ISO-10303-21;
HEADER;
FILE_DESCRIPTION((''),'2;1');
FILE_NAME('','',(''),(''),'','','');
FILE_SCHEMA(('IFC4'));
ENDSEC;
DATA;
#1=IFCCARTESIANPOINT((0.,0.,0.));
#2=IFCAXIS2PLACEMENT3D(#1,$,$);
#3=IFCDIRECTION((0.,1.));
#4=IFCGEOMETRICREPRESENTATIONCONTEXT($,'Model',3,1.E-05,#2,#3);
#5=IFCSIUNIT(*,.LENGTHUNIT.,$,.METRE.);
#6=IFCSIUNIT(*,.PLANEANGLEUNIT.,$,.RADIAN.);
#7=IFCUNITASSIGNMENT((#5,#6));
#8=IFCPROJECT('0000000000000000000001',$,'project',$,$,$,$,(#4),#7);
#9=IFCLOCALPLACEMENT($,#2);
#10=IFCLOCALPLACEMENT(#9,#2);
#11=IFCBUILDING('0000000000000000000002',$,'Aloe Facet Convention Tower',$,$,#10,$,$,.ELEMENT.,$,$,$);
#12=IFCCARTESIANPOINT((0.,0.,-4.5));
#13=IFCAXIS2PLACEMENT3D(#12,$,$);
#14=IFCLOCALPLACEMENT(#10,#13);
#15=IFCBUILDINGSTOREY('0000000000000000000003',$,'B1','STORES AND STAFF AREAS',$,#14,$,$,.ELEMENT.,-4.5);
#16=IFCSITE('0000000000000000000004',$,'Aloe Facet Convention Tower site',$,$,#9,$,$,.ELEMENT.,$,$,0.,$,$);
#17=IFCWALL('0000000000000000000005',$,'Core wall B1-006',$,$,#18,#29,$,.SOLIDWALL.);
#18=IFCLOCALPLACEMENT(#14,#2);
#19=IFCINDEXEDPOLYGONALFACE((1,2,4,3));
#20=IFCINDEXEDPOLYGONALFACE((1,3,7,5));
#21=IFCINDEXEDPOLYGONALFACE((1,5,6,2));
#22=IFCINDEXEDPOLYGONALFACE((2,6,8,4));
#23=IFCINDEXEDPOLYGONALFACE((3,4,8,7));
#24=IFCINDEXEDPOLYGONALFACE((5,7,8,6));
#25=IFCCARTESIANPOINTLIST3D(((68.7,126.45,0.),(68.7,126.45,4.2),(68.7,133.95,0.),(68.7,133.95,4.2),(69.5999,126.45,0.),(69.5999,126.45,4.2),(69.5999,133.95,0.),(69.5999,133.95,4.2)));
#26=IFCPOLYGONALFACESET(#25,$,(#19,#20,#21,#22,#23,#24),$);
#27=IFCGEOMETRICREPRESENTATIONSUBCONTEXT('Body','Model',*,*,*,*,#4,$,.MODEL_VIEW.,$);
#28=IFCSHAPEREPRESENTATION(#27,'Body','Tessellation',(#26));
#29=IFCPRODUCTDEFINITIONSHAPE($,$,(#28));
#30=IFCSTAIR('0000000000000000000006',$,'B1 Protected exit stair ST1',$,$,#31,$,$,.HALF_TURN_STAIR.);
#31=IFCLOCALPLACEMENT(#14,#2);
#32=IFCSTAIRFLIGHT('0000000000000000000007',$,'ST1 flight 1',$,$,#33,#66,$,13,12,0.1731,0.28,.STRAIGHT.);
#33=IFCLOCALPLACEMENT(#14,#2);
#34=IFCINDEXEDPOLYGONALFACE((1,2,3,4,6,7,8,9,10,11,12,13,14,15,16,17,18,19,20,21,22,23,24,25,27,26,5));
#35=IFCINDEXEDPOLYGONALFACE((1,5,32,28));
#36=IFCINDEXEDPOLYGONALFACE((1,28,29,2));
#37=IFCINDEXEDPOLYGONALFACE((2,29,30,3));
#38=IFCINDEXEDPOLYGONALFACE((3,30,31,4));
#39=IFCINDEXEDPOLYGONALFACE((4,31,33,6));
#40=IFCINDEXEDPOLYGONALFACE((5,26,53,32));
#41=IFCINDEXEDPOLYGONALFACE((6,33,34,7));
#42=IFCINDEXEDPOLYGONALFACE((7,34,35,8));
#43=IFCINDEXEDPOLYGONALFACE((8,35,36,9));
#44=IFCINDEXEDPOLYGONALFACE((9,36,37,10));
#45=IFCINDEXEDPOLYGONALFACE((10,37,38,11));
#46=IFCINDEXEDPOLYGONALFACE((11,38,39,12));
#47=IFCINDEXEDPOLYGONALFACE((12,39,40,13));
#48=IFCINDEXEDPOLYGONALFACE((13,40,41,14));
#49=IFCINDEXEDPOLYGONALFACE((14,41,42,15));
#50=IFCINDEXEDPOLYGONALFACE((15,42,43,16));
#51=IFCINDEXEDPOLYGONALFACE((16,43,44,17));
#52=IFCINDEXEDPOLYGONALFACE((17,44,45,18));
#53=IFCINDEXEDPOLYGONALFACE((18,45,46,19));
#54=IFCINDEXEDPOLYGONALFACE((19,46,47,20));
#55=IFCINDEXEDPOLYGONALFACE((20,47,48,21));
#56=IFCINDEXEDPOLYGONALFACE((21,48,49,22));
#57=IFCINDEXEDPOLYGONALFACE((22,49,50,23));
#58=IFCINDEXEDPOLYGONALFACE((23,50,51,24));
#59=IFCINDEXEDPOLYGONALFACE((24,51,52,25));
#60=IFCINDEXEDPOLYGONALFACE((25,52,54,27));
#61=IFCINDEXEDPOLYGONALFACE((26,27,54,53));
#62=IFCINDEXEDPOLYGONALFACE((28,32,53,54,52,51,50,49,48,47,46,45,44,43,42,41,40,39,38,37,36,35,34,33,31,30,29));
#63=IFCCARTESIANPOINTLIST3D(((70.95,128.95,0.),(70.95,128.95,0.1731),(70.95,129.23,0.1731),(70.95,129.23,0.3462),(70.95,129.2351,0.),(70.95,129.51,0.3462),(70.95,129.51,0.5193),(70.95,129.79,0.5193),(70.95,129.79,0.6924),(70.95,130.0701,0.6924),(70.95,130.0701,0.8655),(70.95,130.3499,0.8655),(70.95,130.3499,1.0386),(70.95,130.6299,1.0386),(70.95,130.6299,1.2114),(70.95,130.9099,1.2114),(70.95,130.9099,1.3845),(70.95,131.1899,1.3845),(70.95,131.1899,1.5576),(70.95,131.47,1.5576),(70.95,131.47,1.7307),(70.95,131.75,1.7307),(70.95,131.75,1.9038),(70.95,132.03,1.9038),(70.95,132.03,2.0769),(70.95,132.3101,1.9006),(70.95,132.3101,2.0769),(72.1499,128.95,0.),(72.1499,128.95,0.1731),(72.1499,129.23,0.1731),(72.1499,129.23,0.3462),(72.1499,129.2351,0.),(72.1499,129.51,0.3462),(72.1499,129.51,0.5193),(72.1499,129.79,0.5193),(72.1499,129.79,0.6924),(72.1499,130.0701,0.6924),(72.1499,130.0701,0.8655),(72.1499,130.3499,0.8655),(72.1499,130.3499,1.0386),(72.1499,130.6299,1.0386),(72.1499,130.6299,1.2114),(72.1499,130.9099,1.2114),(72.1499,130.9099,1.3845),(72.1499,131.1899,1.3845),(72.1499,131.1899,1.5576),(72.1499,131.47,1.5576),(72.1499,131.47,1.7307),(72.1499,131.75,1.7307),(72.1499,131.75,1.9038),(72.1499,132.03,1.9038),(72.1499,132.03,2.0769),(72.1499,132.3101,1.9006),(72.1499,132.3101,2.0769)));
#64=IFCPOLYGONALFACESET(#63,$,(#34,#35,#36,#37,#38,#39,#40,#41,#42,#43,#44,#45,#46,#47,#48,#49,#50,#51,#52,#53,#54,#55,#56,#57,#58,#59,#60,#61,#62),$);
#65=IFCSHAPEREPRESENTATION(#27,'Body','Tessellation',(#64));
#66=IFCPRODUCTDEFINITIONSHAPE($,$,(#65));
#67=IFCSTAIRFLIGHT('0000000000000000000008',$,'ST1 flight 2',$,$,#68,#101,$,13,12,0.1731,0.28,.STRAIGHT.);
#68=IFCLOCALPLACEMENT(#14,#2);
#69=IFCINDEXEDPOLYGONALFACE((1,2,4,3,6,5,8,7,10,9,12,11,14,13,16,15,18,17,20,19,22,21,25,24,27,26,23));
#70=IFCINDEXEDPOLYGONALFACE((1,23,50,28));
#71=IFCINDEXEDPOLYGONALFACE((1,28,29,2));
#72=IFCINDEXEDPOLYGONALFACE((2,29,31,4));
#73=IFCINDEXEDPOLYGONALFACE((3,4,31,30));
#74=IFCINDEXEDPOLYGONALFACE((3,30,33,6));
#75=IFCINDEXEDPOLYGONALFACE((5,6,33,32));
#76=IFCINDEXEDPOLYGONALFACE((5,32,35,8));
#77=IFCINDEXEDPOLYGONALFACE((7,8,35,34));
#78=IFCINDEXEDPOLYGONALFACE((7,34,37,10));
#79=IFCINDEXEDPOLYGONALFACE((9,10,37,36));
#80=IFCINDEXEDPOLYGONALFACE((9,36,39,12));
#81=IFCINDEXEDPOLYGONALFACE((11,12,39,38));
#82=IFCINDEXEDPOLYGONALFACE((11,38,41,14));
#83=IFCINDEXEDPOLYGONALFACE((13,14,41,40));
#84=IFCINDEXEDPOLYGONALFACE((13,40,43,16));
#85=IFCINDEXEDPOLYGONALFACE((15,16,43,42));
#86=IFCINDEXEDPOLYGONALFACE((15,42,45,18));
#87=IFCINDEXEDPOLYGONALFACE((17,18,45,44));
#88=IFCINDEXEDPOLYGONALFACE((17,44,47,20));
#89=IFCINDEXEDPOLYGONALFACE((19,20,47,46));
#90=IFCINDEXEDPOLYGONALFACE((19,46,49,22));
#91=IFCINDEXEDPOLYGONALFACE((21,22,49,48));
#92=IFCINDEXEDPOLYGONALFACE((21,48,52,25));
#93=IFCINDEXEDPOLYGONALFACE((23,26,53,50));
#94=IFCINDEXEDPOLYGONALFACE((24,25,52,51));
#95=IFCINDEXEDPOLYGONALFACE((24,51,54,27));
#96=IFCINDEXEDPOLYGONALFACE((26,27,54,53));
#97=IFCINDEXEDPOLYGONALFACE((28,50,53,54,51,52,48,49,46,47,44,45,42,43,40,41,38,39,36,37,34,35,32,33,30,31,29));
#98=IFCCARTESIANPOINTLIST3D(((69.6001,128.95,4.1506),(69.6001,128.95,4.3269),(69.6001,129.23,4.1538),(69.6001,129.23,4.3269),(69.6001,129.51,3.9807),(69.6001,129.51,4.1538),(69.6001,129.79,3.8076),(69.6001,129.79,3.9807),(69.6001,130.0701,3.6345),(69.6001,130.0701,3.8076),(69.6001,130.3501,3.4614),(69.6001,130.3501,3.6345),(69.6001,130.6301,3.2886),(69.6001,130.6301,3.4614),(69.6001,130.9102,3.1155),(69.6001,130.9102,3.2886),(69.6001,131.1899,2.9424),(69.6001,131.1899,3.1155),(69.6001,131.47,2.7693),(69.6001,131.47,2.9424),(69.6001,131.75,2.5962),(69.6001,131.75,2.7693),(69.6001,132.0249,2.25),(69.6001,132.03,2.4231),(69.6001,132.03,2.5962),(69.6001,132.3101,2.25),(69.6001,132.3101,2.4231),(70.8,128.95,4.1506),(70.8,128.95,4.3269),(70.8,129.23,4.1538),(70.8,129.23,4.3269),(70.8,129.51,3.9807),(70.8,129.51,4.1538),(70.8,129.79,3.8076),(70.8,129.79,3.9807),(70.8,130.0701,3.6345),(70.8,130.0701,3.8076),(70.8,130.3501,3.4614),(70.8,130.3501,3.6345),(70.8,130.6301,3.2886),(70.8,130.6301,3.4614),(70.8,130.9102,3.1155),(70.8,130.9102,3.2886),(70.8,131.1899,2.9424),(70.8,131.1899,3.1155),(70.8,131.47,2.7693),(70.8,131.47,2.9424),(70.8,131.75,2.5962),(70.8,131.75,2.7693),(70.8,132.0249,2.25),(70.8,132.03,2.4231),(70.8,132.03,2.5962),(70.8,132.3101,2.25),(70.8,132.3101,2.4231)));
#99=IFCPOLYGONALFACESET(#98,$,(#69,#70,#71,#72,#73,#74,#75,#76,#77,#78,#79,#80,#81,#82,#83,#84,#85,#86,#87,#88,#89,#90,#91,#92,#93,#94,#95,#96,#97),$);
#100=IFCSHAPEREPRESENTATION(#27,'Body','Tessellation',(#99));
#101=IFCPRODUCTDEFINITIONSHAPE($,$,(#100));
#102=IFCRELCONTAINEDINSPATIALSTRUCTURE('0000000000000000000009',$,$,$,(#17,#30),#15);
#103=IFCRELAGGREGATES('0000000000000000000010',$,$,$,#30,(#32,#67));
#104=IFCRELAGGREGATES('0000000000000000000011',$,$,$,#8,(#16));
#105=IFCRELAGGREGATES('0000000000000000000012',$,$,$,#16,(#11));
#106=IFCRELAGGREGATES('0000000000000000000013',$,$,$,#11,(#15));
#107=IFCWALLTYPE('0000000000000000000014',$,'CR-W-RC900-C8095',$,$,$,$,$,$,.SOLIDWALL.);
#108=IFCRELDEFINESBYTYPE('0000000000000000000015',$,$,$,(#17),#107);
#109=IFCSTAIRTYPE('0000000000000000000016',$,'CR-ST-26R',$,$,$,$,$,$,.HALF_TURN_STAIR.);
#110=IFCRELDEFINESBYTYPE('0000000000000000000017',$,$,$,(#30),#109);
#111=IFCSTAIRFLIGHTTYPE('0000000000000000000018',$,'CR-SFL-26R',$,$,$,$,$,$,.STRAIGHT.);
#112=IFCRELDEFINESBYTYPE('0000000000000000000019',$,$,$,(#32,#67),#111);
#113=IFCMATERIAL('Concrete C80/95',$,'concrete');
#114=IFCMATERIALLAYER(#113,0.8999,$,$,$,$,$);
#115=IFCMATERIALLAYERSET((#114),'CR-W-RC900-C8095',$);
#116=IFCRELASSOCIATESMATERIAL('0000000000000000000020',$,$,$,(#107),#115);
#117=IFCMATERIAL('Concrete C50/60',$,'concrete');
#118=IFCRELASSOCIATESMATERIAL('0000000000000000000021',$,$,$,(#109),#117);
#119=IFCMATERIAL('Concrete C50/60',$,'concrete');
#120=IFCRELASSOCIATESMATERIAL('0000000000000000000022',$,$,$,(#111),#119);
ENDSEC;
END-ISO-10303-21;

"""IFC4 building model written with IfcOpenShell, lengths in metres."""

from ifc_helpers import new_model, si_unit, direction, frame, frame_2d, origin, place, context, subcontext, project, spatial, polyline, rectangle, outline, extrude, material, layer, layer_set, type_object, element, aggregate, save


model = new_model("IFC4")

# Units and contexts
model_context = context("Model", 3, precision=1e-05, world=origin(), true_north=direction((0.0, 1.0)))
body_context = subcontext(model_context, "Body", "Model", "MODEL_VIEW")
ifc_project = project(units=[si_unit("LENGTHUNIT", "METRE"), si_unit("PLANEANGLEUNIT", "RADIAN")], contexts=[model_context])

# Site, building, storey
site_placement = place(None, origin())
site = spatial("IfcSite", under=ifc_project, at=site_placement, Name="Aloe Facet Convention Tower site", CompositionType="ELEMENT", RefElevation=0.0)
building_placement = place(site_placement, origin())
building = spatial("IfcBuilding", under=site, at=building_placement, Name="Aloe Facet Convention Tower", CompositionType="ELEMENT")
storey_placement = place(building_placement, frame((0.0, 0.0, -4.5)))
storey = spatial("IfcBuildingStorey", under=building, at=storey_placement, Name="B1", Description="STORES AND STAFF AREAS", CompositionType="ELEMENT", Elevation=-4.5)

# Wall
ifc_material_1 = material(Name="Concrete C80/95", Category="concrete")
ifc_layer_1 = layer(ifc_material_1, 0.8999)
ifc_layer_set_1 = layer_set([ifc_layer_1], Name="CR-W-RC900-C8095")
wall_type_1 = type_object("IfcWallType", Name="CR-W-RC900-C8095", PredefinedType="SOLIDWALL", material=ifc_layer_set_1)
wall_1_placement = place(storey_placement, frame((69.1499, 133.95, 0.0), z_axis=(0.0, 0.0, 1.0), x_axis=(0.0, -1.0, 0.0)))
element("IfcWall", 1, at=wall_1_placement, inside=storey, type_object=wall_type_1, Name="Core wall B1-006", PredefinedType="SOLIDWALL", context=body_context, shape_type="SweptSolid", body=[
    extrude(rectangle(XDim=7.5, YDim=0.8999, at=frame_2d((3.75, 0.0))), origin(), (0.0, 0.0, 1.0), 4.2),
])

# Stair, stair flights
ifc_material_2 = material(Name="Concrete C50/60", Category="concrete")
stair_type = type_object("IfcStairType", Name="CR-ST-26R", PredefinedType="HALF_TURN_STAIR", material=ifc_material_2)
stair_placement = place(storey_placement, origin())
stair = element("IfcStair", 2, at=stair_placement, inside=storey, type_object=stair_type, Name="B1 Protected exit stair ST1", PredefinedType="HALF_TURN_STAIR")
ifc_material_3 = material(Name="Concrete C50/60", Category="concrete")
stair_flight_type = type_object("IfcStairFlightType", Name="CR-SFL-26R", PredefinedType="STRAIGHT", material=ifc_material_3)
stair_flight_1_placement = place(storey_placement, frame((71.55, 128.95, 0.0), z_axis=(0.0, 0.0, 1.0), x_axis=(0.0, 1.0, 0.0)))
stair_flight_1 = element("IfcStairFlight", 3, at=stair_flight_1_placement, type_object=stair_flight_type, Name="ST1 flight 1", NumberOfRisers=13, NumberOfTreads=12, PredefinedType="STRAIGHT", RiserHeight=0.1731, TreadLength=0.28, context=body_context, shape_type="SweptSolid", body=[
    extrude(outline(polyline([(0.0, 0.0), (0.0, 0.1731), (0.28, 0.1731), (0.28, 0.3462), (0.5601, 0.3462), (0.5601, 0.5193), (0.8401, 0.5193), (0.8401, 0.6924), (1.1201, 0.6924), (1.1201, 0.8655), (1.3999, 0.8655), (1.3999, 1.0386), (1.6799, 1.0386), (1.6799, 1.2114), (1.96, 1.2114), (1.96, 1.3845), (2.24, 1.3845), (2.24, 1.5576), (2.52, 1.5576), (2.52, 1.7307), (2.8, 1.7307), (2.8, 1.9038), (3.0801, 1.9038), (3.0801, 2.0769), (3.3601, 2.0769), (3.3601, 2.25), (3.3601, 1.9006), (0.2852, 0.0), (0.0, 0.0)])), frame((0.0, 0.6001, 0.0), z_axis=(0.0, -1.0, 0.0), x_axis=(1.0, 0.0, 0.0)), (0.0, 0.0, 1.0), 1.2),
])
stair_flight_2_placement = place(storey_placement, frame((70.2, 132.3101, 2.25), z_axis=(0.0, 0.0, 1.0), x_axis=(0.0, -1.0, 0.0)))
stair_flight_2 = element("IfcStairFlight", 4, at=stair_flight_2_placement, type_object=stair_flight_type, Name="ST1 flight 2", NumberOfRisers=13, NumberOfTreads=12, PredefinedType="STRAIGHT", RiserHeight=0.1731, TreadLength=0.28, context=body_context, shape_type="SweptSolid", body=[
    extrude(outline(polyline([(0.0, 0.0), (0.0, 0.1731), (0.28, 0.1731), (0.28, 0.3462), (0.5601, 0.3462), (0.5601, 0.5193), (0.8401, 0.5193), (0.8401, 0.6924), (1.1201, 0.6924), (1.1201, 0.8655), (1.3999, 0.8655), (1.3999, 1.0386), (1.6799, 1.0386), (1.6799, 1.2114), (1.96, 1.2114), (1.96, 1.3845), (2.24, 1.3845), (2.24, 1.5576), (2.52, 1.5576), (2.52, 1.7307), (2.8, 1.7307), (2.8, 1.9038), (3.0801, 1.9038), (3.0801, 2.0769), (3.3601, 2.0769), (3.3601, 2.25), (3.3601, 1.9006), (0.2852, 0.0), (0.0, 0.0)])), frame((0.0, 0.6001, 0.0), z_axis=(0.0, -1.0, 0.0), x_axis=(1.0, 0.0, 0.0)), (0.0, 0.0, 1.0), 1.2),
])
aggregate(stair, [stair_flight_1, stair_flight_2])

save(model, "model.ifc")
